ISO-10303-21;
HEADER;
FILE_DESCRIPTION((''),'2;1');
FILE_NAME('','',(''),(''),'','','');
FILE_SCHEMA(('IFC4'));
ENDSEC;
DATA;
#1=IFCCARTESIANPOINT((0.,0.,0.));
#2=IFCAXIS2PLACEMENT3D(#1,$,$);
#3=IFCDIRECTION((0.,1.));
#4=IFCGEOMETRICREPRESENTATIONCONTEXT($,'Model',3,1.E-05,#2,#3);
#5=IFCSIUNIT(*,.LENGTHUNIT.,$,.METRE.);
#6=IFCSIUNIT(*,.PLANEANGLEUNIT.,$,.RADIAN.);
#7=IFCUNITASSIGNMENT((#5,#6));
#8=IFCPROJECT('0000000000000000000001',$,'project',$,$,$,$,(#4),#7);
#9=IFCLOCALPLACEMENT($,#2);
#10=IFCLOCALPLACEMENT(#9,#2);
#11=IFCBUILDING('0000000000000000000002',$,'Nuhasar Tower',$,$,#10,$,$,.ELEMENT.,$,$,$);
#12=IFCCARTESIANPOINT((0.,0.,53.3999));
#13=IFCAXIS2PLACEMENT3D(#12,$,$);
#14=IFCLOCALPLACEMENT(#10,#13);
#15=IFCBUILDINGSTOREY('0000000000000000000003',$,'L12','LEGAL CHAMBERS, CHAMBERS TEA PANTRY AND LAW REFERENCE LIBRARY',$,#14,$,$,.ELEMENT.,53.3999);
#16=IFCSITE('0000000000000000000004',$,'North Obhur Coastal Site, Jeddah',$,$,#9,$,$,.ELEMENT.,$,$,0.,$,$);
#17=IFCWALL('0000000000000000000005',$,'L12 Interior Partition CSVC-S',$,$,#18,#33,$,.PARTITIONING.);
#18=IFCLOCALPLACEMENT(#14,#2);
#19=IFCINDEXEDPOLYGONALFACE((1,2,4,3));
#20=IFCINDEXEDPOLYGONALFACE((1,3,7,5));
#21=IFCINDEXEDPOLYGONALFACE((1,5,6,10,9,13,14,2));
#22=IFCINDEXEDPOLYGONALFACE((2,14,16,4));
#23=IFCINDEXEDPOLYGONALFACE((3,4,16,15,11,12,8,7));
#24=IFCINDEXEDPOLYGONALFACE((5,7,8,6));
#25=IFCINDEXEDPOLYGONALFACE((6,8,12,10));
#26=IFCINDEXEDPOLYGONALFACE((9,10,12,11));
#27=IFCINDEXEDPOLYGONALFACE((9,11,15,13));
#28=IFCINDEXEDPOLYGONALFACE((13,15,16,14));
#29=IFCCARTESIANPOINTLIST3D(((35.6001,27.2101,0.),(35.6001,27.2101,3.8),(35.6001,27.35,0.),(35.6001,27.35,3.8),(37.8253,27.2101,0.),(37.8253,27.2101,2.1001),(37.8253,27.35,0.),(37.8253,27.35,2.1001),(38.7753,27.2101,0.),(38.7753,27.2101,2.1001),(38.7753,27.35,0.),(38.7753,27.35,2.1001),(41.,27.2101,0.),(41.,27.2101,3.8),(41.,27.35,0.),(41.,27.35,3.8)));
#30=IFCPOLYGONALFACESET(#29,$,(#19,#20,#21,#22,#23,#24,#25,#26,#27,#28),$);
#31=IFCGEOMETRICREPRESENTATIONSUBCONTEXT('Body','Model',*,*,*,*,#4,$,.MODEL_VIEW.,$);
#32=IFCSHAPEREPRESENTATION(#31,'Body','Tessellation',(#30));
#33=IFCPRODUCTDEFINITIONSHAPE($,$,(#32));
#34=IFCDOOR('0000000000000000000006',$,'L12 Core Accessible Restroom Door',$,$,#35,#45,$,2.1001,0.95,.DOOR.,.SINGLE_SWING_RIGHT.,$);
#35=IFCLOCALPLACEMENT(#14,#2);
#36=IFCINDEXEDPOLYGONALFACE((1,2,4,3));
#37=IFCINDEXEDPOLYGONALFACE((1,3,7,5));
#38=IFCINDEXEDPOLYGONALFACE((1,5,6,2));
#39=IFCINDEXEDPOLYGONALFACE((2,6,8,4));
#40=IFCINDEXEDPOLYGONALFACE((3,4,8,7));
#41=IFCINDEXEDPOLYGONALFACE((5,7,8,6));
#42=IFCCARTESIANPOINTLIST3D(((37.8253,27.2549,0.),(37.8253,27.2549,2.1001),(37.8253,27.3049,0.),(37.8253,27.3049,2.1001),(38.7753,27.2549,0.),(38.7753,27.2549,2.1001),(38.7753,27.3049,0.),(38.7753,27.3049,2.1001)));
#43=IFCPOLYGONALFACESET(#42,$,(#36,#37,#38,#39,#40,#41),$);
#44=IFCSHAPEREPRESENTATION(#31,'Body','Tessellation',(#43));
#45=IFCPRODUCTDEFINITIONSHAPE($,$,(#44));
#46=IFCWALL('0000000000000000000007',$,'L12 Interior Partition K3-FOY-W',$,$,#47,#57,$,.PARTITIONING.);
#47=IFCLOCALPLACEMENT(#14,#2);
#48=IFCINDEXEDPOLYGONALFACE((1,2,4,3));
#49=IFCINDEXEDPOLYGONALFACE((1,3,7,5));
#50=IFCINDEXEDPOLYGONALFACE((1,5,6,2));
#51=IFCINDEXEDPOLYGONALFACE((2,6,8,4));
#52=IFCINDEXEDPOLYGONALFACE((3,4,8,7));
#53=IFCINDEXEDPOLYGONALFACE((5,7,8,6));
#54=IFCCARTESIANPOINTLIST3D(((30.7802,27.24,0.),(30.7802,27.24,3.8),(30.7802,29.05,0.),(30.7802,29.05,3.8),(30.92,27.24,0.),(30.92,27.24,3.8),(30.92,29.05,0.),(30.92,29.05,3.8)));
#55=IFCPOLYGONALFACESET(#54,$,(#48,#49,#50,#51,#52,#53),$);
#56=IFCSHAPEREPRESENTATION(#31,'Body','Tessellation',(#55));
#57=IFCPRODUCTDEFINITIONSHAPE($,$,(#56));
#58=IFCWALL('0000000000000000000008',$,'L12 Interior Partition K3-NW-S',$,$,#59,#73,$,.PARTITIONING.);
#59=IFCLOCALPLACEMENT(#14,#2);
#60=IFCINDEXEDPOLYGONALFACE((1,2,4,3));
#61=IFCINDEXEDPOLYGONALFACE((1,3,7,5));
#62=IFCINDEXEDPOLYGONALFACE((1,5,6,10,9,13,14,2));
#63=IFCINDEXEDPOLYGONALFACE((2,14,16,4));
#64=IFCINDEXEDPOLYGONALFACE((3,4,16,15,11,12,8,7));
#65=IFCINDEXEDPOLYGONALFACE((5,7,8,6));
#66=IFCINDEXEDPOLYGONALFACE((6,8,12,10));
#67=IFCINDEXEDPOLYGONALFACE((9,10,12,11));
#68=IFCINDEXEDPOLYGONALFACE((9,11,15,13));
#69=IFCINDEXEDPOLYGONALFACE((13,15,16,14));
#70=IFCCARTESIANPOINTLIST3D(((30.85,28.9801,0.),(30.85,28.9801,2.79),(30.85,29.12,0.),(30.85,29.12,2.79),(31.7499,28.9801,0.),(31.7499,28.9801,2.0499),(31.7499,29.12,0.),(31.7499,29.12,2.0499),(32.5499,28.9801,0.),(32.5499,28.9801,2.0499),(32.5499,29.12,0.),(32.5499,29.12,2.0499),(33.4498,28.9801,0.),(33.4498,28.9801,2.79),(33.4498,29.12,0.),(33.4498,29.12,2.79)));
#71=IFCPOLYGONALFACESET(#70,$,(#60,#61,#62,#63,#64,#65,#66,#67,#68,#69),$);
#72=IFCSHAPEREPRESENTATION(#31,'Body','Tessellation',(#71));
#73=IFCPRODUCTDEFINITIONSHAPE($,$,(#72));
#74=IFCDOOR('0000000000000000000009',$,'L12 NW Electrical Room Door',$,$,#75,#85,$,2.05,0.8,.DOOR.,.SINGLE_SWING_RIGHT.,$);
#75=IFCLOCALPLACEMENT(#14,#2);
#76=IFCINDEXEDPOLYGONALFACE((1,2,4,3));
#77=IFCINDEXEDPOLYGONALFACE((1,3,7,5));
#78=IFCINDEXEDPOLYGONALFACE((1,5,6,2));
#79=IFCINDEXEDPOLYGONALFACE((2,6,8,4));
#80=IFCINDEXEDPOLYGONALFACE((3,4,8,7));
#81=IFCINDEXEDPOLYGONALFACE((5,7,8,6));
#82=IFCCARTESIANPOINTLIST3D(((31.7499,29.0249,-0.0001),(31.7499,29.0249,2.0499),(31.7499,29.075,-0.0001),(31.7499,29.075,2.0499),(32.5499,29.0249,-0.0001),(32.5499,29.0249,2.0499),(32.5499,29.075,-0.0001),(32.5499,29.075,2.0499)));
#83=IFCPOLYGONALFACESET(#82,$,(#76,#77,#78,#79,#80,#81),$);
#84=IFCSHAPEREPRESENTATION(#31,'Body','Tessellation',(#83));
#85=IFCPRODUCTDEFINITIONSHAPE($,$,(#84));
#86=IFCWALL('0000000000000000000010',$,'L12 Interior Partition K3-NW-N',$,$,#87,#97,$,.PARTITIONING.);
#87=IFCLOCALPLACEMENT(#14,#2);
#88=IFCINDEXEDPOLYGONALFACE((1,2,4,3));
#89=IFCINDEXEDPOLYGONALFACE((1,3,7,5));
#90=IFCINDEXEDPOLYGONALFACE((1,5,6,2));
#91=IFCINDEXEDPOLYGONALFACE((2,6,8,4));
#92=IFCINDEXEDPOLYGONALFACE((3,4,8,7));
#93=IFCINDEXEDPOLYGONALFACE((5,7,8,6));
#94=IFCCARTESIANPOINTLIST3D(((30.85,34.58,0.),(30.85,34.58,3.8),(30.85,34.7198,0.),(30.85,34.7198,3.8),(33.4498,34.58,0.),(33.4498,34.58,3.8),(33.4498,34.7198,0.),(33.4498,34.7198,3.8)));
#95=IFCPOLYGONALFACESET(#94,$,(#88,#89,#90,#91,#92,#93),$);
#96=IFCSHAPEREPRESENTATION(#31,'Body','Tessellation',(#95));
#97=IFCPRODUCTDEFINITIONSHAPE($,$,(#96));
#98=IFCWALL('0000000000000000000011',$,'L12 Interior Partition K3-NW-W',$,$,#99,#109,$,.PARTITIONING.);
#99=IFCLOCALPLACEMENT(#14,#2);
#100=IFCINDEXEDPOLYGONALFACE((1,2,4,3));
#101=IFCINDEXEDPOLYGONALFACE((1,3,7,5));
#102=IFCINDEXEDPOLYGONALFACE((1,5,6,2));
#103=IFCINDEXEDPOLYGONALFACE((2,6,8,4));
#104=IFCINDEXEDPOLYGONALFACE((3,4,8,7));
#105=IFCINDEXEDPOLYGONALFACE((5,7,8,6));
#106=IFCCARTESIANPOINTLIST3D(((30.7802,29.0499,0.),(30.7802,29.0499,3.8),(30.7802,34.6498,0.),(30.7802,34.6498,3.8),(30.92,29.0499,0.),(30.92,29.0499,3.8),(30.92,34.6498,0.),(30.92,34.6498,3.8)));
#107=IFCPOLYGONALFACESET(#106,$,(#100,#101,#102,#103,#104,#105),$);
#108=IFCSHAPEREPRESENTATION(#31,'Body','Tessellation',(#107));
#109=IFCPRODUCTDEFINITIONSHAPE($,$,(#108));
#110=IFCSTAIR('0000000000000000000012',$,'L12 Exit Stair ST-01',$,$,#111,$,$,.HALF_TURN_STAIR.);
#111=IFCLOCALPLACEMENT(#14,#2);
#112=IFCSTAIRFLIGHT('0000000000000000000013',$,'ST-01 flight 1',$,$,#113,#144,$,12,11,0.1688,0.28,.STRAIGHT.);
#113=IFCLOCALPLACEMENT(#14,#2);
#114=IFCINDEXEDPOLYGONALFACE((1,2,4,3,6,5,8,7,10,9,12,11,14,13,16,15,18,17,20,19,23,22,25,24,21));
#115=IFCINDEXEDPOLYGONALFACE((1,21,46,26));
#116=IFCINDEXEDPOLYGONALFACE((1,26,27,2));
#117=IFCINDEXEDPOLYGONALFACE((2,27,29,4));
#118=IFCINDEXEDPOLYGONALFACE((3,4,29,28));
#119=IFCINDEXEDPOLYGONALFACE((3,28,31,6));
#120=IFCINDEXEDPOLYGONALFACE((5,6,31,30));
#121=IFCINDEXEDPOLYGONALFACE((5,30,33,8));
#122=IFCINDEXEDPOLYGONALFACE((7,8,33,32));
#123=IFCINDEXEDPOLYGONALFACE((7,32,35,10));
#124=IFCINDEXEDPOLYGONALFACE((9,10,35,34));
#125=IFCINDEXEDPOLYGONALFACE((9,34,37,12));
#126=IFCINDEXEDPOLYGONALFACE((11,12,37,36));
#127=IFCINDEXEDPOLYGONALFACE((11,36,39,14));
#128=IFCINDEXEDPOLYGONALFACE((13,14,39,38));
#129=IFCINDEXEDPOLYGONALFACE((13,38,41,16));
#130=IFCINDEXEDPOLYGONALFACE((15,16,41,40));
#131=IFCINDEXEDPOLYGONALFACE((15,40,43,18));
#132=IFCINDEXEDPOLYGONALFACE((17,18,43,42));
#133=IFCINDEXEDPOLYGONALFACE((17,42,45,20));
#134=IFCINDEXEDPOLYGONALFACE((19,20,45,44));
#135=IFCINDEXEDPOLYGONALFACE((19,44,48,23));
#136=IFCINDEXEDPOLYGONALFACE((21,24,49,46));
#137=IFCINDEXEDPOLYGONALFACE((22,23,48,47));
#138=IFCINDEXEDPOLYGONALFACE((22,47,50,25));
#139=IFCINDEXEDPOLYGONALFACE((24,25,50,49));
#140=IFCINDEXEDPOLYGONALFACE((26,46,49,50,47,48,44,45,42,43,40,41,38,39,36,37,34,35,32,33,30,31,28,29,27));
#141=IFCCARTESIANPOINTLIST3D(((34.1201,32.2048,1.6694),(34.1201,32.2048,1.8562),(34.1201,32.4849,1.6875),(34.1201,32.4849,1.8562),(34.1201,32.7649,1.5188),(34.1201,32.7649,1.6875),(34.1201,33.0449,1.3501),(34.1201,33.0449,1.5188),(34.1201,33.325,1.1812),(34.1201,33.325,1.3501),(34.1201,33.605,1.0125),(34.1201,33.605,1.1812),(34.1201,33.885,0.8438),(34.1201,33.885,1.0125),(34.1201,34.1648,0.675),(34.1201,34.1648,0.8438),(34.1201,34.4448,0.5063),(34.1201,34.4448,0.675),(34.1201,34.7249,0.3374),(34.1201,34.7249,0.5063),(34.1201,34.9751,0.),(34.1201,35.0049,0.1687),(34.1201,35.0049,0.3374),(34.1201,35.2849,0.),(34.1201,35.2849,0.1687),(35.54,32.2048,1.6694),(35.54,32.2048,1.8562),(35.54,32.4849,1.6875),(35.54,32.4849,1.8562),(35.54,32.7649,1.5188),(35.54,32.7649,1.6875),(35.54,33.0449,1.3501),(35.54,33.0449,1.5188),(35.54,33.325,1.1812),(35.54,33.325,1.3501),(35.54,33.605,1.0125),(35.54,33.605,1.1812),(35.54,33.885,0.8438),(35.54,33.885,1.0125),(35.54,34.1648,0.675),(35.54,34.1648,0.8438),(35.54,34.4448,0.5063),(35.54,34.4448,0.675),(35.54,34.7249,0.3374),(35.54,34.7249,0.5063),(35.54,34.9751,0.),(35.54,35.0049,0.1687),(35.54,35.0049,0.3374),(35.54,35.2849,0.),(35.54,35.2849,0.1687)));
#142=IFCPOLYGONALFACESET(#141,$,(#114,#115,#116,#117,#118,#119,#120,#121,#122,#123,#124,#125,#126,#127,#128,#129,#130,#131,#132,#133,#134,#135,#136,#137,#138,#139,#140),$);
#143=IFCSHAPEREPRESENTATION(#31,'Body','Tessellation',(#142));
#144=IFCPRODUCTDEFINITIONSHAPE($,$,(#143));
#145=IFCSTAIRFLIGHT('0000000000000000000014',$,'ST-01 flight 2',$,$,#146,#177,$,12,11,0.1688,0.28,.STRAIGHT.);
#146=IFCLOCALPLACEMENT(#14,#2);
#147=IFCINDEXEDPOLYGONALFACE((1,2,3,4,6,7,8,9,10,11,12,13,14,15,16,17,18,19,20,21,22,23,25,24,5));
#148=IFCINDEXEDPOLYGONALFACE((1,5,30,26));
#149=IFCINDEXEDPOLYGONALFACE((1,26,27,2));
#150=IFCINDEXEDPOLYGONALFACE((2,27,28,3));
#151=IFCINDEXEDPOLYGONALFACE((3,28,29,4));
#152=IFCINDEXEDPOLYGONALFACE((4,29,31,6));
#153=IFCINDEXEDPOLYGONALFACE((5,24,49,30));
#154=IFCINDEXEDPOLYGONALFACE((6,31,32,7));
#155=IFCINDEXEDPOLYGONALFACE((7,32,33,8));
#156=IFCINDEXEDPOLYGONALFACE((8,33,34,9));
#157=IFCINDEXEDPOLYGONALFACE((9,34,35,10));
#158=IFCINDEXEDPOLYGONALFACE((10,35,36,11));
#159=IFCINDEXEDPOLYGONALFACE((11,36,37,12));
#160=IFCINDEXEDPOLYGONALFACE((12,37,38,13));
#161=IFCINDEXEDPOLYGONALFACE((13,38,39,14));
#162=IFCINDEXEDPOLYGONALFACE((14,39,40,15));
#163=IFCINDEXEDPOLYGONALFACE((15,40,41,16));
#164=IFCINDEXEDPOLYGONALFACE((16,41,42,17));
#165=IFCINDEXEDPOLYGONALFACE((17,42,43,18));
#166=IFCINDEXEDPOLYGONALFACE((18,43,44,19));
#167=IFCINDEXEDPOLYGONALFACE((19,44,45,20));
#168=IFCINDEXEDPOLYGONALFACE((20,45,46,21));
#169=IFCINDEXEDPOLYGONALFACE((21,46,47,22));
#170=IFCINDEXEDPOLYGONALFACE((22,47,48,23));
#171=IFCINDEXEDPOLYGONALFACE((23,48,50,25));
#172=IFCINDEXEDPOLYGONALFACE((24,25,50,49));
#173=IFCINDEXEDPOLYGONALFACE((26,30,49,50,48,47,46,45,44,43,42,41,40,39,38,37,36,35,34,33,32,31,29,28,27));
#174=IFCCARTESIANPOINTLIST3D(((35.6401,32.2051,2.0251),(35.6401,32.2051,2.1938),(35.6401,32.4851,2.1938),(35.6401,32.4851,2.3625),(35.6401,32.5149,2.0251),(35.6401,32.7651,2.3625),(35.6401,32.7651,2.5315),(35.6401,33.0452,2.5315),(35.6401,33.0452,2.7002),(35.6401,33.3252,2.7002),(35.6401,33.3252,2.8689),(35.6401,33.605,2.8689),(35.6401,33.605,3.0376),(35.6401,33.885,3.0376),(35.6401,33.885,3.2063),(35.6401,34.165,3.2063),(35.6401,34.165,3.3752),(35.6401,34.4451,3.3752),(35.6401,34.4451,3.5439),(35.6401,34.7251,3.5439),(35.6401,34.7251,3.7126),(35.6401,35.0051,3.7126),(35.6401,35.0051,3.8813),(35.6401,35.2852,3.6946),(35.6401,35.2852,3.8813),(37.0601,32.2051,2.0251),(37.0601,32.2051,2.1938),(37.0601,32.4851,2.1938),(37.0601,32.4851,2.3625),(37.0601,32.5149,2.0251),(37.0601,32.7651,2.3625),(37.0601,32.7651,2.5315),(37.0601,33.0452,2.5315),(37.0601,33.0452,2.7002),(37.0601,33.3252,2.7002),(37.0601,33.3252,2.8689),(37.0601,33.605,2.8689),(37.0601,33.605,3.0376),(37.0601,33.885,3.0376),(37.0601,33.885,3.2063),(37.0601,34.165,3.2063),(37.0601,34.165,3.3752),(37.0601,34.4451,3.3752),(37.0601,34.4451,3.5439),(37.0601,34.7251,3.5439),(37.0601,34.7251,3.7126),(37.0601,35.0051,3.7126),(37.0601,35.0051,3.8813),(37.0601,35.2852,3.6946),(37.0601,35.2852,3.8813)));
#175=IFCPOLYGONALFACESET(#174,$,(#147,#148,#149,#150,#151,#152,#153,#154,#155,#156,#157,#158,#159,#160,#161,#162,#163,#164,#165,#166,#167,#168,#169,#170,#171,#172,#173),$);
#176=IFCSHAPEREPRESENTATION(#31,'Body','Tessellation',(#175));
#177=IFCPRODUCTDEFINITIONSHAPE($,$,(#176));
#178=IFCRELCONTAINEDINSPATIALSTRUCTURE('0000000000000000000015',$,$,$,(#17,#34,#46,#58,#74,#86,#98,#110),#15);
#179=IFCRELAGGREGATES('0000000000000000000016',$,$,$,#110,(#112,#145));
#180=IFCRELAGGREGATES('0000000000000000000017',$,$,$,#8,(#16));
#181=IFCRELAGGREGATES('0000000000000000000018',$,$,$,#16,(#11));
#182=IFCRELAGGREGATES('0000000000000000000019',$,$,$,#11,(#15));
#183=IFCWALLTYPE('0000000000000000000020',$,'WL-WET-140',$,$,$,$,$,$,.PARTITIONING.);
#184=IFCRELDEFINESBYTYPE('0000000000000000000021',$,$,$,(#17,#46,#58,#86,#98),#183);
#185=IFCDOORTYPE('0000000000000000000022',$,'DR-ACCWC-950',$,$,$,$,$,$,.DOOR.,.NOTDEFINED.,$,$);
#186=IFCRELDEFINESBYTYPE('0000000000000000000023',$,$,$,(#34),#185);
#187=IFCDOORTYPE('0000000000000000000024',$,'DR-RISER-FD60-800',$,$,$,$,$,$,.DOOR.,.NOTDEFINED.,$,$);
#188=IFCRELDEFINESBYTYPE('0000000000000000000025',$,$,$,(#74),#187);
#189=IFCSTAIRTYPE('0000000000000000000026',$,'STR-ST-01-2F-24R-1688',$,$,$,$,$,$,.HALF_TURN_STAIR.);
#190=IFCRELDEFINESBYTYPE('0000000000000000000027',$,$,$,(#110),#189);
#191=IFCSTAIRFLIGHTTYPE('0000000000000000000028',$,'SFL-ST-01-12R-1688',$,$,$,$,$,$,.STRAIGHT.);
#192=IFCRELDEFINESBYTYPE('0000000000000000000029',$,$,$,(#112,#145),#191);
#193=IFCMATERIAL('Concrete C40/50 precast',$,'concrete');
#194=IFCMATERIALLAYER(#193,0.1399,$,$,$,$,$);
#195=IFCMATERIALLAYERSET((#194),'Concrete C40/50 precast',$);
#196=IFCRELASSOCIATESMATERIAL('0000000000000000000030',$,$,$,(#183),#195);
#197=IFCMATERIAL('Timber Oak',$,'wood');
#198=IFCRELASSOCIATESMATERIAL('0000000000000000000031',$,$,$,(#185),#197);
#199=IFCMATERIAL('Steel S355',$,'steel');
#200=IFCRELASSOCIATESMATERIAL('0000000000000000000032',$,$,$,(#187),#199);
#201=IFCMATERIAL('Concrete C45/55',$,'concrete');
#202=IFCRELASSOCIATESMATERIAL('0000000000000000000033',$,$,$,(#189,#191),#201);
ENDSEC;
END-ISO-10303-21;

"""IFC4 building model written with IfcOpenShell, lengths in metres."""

from ifc_helpers import new_model, si_unit, direction, frame, frame_2d, origin, place, context, subcontext, project, spatial, polyline, rectangle, outline, extrude, material, layer, layer_set, type_object, element, fill, aggregate, save


model = new_model("IFC4")

# Units and contexts
model_context = context("Model", 3, precision=1e-05, world=origin(), true_north=direction((0.0, 1.0)))
body_context = subcontext(model_context, "Body", "Model", "MODEL_VIEW")
ifc_project = project(units=[si_unit("LENGTHUNIT", "METRE"), si_unit("PLANEANGLEUNIT", "RADIAN")], contexts=[model_context])

# Site, building, storey
site_placement = place(None, origin())
site = spatial("IfcSite", under=ifc_project, at=site_placement, Name="North Obhur Coastal Site, Jeddah", CompositionType="ELEMENT", RefElevation=0.0)
building_placement = place(site_placement, origin())
building = spatial("IfcBuilding", under=site, at=building_placement, Name="Nuhasar Tower", CompositionType="ELEMENT")
storey_placement = place(building_placement, frame((0.0, 0.0, 53.3999)))
storey = spatial("IfcBuildingStorey", under=building, at=storey_placement, Name="L12", Description="LEGAL CHAMBERS, CHAMBERS TEA PANTRY AND LAW REFERENCE LIBRARY", CompositionType="ELEMENT", Elevation=53.3999)

# Shared definitions
ifc_material_1 = material(Name="Steel S355", Category="steel")

# Shared definitions
ifc_material_2 = material(Name="Concrete C40/50 precast", Category="concrete")
ifc_layer_1 = layer(ifc_material_2, 0.1399)
ifc_layer_set_1 = layer_set([ifc_layer_1], Name="Concrete C40/50 precast")
wall_type_1 = type_object("IfcWallType", Name="WL-WET-140", PredefinedType="PARTITIONING", material=ifc_layer_set_1)

# Wall, opening, door
wall_1_placement = place(storey_placement, frame((35.6001, 27.28, 0.0), z_axis=(0.0, 0.0, 1.0), x_axis=(1.0, 0.0, 0.0)))
wall_1 = element("IfcWall", 1, at=wall_1_placement, inside=storey, type_object=wall_type_1, Name="L12 Interior Partition CSVC-S", PredefinedType="PARTITIONING", context=body_context, shape_type="SweptSolid", body=[
    extrude(rectangle(XDim=5.3999, YDim=0.1399, at=frame_2d((2.7, 0.0))), origin(), (0.0, 0.0, 1.0), 3.8),
])
opening_1_placement = place(wall_1_placement, frame((2.2251, 0.0, 0.0)))
opening_1 = element("IfcOpeningElement", 2, at=opening_1_placement, cuts=wall_1, PredefinedType="OPENING", context=body_context, shape_type="SweptSolid", body=[
    extrude(rectangle(XDim=0.95, YDim=2.1001, at=frame_2d((0.4751, 1.05))), frame((0.0, 0.0801, 0.0), z_axis=(0.0, -1.0, 0.0), x_axis=(1.0, 0.0, 0.0)), (0.0, 0.0, 1.0), 0.1599),
])
ifc_material_3 = material(Name="Timber Oak", Category="wood")
door_type_1 = type_object("IfcDoorType", Name="DR-ACCWC-950", OperationType="NOTDEFINED", PredefinedType="DOOR", material=ifc_material_3)
door_1_placement = place(opening_1_placement, origin())
door_1 = element("IfcDoor", 3, at=door_1_placement, inside=storey, type_object=door_type_1, Name="L12 Core Accessible Restroom Door", OperationType="SINGLE_SWING_RIGHT", OverallHeight=2.1001, OverallWidth=0.95, PredefinedType="DOOR", context=body_context, shape_type="SweptSolid", body=[
    extrude(rectangle(XDim=0.95, YDim=2.1001, at=frame_2d((0.4751, 1.05))), frame((0.0, 0.0249, 0.0), z_axis=(0.0, -1.0, 0.0), x_axis=(1.0, 0.0, 0.0)), (0.0, 0.0, 1.0), 0.05),
])
fill(opening_1, door_1)

# Wall
wall_2_placement = place(storey_placement, frame((30.8501, 27.24, 0.0), z_axis=(0.0, 0.0, 1.0), x_axis=(0.0, 1.0, 0.0)))
element("IfcWall", 4, at=wall_2_placement, inside=storey, type_object=wall_type_1, Name="L12 Interior Partition K3-FOY-W", PredefinedType="PARTITIONING", context=body_context, shape_type="SweptSolid", body=[
    extrude(rectangle(XDim=1.8101, YDim=0.1399, at=frame_2d((0.905, 0.0))), origin(), (0.0, 0.0, 1.0), 3.8),
])

# Wall, opening, door
wall_3_placement = place(storey_placement, frame((30.8501, 29.05, 0.0), z_axis=(0.0, 0.0, 1.0), x_axis=(1.0, 0.0, 0.0)))
wall_3 = element("IfcWall", 5, at=wall_3_placement, inside=storey, type_object=wall_type_1, Name="L12 Interior Partition K3-NW-S", PredefinedType="PARTITIONING", context=body_context, shape_type="SweptSolid", body=[
    extrude(rectangle(XDim=2.5999, YDim=0.1399, at=frame_2d((1.2998, 0.0))), origin(), (0.0, 0.0, 1.0), 2.79),
])
opening_2_placement = place(wall_3_placement, frame((0.8999, 0.0, 0.0)))
opening_2 = element("IfcOpeningElement", 6, at=opening_2_placement, cuts=wall_3, PredefinedType="OPENING", context=body_context, shape_type="SweptSolid", body=[
    extrude(rectangle(XDim=0.8, YDim=2.05, at=frame_2d((0.3999, 1.0249))), frame((0.0, 0.0801, 0.0), z_axis=(0.0, -1.0, 0.0), x_axis=(1.0, 0.0, 0.0)), (0.0, 0.0, 1.0), 0.1599),
])
door_type_2 = type_object("IfcDoorType", Name="DR-RISER-FD60-800", OperationType="NOTDEFINED", PredefinedType="DOOR", material=ifc_material_1)
door_2_placement = place(opening_2_placement, origin())
door_2 = element("IfcDoor", 7, at=door_2_placement, inside=storey, type_object=door_type_2, Name="L12 NW Electrical Room Door", OperationType="SINGLE_SWING_RIGHT", OverallHeight=2.05, OverallWidth=0.8, PredefinedType="DOOR", context=body_context, shape_type="SweptSolid", body=[
    extrude(rectangle(XDim=0.8, YDim=2.05, at=frame_2d((0.3999, 1.0249))), frame((0.0, 0.0249, 0.0), z_axis=(0.0, -1.0, 0.0), x_axis=(1.0, 0.0, 0.0)), (0.0, 0.0, 1.0), 0.05),
])
fill(opening_2, door_2)

# Walls
wall_4_placement = place(storey_placement, frame((30.8501, 34.6499, 0.0), z_axis=(0.0, 0.0, 1.0), x_axis=(1.0, 0.0, 0.0)))
element("IfcWall", 8, at=wall_4_placement, inside=storey, type_object=wall_type_1, Name="L12 Interior Partition K3-NW-N", PredefinedType="PARTITIONING", context=body_context, shape_type="SweptSolid", body=[
    extrude(rectangle(XDim=2.5999, YDim=0.1399, at=frame_2d((1.2998, 0.0))), origin(), (0.0, 0.0, 1.0), 3.8),
])
wall_5_placement = place(storey_placement, frame((30.8501, 29.05, 0.0), z_axis=(0.0, 0.0, 1.0), x_axis=(0.0, 1.0, 0.0)))
element("IfcWall", 9, at=wall_5_placement, inside=storey, type_object=wall_type_1, Name="L12 Interior Partition K3-NW-W", PredefinedType="PARTITIONING", context=body_context, shape_type="SweptSolid", body=[
    extrude(rectangle(XDim=5.5999, YDim=0.1399, at=frame_2d((2.7998, 0.0))), origin(), (0.0, 0.0, 1.0), 3.8),
])

# Stair, stair flights
ifc_material_4 = material(Name="Concrete C45/55", Category="concrete")
stair_type_1 = type_object("IfcStairType", Name="STR-ST-01-2F-24R-1688", PredefinedType="HALF_TURN_STAIR", material=ifc_material_4)
stair_1_placement = place(storey_placement, origin())
stair_1 = element("IfcStair", 10, at=stair_1_placement, inside=storey, type_object=stair_type_1, Name="L12 Exit Stair ST-01", PredefinedType="HALF_TURN_STAIR")
stair_flight_type_1 = type_object("IfcStairFlightType", Name="SFL-ST-01-12R-1688", PredefinedType="STRAIGHT", material=ifc_material_4)
stair_flight_1_placement = place(storey_placement, frame((34.8301, 35.2849, 0.0), z_axis=(0.0, 0.0, 1.0), x_axis=(0.0, -1.0, 0.0)))
stair_flight_1 = element("IfcStairFlight", 11, at=stair_flight_1_placement, type_object=stair_flight_type_1, Name="ST-01 flight 1", NumberOfRisers=12, NumberOfTreads=11, PredefinedType="STRAIGHT", RiserHeight=0.1688, TreadLength=0.28, context=body_context, shape_type="SweptSolid", body=[
    extrude(outline(polyline([(0.0, 0.0), (0.0, 0.1687), (0.28, 0.1687), (0.28, 0.3374), (0.5601, 0.3374), (0.5601, 0.5063), (0.8401, 0.5063), (0.8401, 0.675), (1.1201, 0.675), (1.1201, 0.8438), (1.3999, 0.8438), (1.3999, 1.0125), (1.6799, 1.0125), (1.6799, 1.1812), (1.96, 1.1812), (1.96, 1.3501), (2.24, 1.3501), (2.24, 1.5188), (2.52, 1.5188), (2.52, 1.6875), (2.8, 1.6875), (2.8, 1.8562), (3.0801, 1.8562), (3.0801, 2.0249), (3.0801, 1.6694), (0.3098, 0.0), (0.0, 0.0)])), frame((0.0, 0.71, 0.0), z_axis=(0.0, -1.0, 0.0), x_axis=(1.0, 0.0, 0.0)), (0.0, 0.0, 1.0), 1.4199),
])
stair_flight_2_placement = place(storey_placement, frame((36.3501, 32.2051, 2.0251), z_axis=(0.0, 0.0, 1.0), x_axis=(0.0, 1.0, 0.0)))
stair_flight_2 = element("IfcStairFlight", 12, at=stair_flight_2_placement, type_object=stair_flight_type_1, Name="ST-01 flight 2", NumberOfRisers=12, NumberOfTreads=11, PredefinedType="STRAIGHT", RiserHeight=0.1688, TreadLength=0.28, context=body_context, shape_type="SweptSolid", body=[
    extrude(outline(polyline([(0.0, 0.0), (0.0, 0.1687), (0.28, 0.1687), (0.28, 0.3374), (0.5601, 0.3374), (0.5601, 0.5063), (0.8401, 0.5063), (0.8401, 0.675), (1.1201, 0.675), (1.1201, 0.8438), (1.3999, 0.8438), (1.3999, 1.0125), (1.6799, 1.0125), (1.6799, 1.1812), (1.96, 1.1812), (1.96, 1.3501), (2.24, 1.3501), (2.24, 1.5188), (2.52, 1.5188), (2.52, 1.6875), (2.8, 1.6875), (2.8, 1.8562), (3.0801, 1.8562), (3.0801, 2.0249), (3.0801, 1.6694), (0.3098, 0.0), (0.0, 0.0)])), frame((0.0, 0.71, 0.0), z_axis=(0.0, -1.0, 0.0), x_axis=(1.0, 0.0, 0.0)), (0.0, 0.0, 1.0), 1.4199),
])
aggregate(stair_1, [stair_flight_1, stair_flight_2])

save(model, "model.ifc")
